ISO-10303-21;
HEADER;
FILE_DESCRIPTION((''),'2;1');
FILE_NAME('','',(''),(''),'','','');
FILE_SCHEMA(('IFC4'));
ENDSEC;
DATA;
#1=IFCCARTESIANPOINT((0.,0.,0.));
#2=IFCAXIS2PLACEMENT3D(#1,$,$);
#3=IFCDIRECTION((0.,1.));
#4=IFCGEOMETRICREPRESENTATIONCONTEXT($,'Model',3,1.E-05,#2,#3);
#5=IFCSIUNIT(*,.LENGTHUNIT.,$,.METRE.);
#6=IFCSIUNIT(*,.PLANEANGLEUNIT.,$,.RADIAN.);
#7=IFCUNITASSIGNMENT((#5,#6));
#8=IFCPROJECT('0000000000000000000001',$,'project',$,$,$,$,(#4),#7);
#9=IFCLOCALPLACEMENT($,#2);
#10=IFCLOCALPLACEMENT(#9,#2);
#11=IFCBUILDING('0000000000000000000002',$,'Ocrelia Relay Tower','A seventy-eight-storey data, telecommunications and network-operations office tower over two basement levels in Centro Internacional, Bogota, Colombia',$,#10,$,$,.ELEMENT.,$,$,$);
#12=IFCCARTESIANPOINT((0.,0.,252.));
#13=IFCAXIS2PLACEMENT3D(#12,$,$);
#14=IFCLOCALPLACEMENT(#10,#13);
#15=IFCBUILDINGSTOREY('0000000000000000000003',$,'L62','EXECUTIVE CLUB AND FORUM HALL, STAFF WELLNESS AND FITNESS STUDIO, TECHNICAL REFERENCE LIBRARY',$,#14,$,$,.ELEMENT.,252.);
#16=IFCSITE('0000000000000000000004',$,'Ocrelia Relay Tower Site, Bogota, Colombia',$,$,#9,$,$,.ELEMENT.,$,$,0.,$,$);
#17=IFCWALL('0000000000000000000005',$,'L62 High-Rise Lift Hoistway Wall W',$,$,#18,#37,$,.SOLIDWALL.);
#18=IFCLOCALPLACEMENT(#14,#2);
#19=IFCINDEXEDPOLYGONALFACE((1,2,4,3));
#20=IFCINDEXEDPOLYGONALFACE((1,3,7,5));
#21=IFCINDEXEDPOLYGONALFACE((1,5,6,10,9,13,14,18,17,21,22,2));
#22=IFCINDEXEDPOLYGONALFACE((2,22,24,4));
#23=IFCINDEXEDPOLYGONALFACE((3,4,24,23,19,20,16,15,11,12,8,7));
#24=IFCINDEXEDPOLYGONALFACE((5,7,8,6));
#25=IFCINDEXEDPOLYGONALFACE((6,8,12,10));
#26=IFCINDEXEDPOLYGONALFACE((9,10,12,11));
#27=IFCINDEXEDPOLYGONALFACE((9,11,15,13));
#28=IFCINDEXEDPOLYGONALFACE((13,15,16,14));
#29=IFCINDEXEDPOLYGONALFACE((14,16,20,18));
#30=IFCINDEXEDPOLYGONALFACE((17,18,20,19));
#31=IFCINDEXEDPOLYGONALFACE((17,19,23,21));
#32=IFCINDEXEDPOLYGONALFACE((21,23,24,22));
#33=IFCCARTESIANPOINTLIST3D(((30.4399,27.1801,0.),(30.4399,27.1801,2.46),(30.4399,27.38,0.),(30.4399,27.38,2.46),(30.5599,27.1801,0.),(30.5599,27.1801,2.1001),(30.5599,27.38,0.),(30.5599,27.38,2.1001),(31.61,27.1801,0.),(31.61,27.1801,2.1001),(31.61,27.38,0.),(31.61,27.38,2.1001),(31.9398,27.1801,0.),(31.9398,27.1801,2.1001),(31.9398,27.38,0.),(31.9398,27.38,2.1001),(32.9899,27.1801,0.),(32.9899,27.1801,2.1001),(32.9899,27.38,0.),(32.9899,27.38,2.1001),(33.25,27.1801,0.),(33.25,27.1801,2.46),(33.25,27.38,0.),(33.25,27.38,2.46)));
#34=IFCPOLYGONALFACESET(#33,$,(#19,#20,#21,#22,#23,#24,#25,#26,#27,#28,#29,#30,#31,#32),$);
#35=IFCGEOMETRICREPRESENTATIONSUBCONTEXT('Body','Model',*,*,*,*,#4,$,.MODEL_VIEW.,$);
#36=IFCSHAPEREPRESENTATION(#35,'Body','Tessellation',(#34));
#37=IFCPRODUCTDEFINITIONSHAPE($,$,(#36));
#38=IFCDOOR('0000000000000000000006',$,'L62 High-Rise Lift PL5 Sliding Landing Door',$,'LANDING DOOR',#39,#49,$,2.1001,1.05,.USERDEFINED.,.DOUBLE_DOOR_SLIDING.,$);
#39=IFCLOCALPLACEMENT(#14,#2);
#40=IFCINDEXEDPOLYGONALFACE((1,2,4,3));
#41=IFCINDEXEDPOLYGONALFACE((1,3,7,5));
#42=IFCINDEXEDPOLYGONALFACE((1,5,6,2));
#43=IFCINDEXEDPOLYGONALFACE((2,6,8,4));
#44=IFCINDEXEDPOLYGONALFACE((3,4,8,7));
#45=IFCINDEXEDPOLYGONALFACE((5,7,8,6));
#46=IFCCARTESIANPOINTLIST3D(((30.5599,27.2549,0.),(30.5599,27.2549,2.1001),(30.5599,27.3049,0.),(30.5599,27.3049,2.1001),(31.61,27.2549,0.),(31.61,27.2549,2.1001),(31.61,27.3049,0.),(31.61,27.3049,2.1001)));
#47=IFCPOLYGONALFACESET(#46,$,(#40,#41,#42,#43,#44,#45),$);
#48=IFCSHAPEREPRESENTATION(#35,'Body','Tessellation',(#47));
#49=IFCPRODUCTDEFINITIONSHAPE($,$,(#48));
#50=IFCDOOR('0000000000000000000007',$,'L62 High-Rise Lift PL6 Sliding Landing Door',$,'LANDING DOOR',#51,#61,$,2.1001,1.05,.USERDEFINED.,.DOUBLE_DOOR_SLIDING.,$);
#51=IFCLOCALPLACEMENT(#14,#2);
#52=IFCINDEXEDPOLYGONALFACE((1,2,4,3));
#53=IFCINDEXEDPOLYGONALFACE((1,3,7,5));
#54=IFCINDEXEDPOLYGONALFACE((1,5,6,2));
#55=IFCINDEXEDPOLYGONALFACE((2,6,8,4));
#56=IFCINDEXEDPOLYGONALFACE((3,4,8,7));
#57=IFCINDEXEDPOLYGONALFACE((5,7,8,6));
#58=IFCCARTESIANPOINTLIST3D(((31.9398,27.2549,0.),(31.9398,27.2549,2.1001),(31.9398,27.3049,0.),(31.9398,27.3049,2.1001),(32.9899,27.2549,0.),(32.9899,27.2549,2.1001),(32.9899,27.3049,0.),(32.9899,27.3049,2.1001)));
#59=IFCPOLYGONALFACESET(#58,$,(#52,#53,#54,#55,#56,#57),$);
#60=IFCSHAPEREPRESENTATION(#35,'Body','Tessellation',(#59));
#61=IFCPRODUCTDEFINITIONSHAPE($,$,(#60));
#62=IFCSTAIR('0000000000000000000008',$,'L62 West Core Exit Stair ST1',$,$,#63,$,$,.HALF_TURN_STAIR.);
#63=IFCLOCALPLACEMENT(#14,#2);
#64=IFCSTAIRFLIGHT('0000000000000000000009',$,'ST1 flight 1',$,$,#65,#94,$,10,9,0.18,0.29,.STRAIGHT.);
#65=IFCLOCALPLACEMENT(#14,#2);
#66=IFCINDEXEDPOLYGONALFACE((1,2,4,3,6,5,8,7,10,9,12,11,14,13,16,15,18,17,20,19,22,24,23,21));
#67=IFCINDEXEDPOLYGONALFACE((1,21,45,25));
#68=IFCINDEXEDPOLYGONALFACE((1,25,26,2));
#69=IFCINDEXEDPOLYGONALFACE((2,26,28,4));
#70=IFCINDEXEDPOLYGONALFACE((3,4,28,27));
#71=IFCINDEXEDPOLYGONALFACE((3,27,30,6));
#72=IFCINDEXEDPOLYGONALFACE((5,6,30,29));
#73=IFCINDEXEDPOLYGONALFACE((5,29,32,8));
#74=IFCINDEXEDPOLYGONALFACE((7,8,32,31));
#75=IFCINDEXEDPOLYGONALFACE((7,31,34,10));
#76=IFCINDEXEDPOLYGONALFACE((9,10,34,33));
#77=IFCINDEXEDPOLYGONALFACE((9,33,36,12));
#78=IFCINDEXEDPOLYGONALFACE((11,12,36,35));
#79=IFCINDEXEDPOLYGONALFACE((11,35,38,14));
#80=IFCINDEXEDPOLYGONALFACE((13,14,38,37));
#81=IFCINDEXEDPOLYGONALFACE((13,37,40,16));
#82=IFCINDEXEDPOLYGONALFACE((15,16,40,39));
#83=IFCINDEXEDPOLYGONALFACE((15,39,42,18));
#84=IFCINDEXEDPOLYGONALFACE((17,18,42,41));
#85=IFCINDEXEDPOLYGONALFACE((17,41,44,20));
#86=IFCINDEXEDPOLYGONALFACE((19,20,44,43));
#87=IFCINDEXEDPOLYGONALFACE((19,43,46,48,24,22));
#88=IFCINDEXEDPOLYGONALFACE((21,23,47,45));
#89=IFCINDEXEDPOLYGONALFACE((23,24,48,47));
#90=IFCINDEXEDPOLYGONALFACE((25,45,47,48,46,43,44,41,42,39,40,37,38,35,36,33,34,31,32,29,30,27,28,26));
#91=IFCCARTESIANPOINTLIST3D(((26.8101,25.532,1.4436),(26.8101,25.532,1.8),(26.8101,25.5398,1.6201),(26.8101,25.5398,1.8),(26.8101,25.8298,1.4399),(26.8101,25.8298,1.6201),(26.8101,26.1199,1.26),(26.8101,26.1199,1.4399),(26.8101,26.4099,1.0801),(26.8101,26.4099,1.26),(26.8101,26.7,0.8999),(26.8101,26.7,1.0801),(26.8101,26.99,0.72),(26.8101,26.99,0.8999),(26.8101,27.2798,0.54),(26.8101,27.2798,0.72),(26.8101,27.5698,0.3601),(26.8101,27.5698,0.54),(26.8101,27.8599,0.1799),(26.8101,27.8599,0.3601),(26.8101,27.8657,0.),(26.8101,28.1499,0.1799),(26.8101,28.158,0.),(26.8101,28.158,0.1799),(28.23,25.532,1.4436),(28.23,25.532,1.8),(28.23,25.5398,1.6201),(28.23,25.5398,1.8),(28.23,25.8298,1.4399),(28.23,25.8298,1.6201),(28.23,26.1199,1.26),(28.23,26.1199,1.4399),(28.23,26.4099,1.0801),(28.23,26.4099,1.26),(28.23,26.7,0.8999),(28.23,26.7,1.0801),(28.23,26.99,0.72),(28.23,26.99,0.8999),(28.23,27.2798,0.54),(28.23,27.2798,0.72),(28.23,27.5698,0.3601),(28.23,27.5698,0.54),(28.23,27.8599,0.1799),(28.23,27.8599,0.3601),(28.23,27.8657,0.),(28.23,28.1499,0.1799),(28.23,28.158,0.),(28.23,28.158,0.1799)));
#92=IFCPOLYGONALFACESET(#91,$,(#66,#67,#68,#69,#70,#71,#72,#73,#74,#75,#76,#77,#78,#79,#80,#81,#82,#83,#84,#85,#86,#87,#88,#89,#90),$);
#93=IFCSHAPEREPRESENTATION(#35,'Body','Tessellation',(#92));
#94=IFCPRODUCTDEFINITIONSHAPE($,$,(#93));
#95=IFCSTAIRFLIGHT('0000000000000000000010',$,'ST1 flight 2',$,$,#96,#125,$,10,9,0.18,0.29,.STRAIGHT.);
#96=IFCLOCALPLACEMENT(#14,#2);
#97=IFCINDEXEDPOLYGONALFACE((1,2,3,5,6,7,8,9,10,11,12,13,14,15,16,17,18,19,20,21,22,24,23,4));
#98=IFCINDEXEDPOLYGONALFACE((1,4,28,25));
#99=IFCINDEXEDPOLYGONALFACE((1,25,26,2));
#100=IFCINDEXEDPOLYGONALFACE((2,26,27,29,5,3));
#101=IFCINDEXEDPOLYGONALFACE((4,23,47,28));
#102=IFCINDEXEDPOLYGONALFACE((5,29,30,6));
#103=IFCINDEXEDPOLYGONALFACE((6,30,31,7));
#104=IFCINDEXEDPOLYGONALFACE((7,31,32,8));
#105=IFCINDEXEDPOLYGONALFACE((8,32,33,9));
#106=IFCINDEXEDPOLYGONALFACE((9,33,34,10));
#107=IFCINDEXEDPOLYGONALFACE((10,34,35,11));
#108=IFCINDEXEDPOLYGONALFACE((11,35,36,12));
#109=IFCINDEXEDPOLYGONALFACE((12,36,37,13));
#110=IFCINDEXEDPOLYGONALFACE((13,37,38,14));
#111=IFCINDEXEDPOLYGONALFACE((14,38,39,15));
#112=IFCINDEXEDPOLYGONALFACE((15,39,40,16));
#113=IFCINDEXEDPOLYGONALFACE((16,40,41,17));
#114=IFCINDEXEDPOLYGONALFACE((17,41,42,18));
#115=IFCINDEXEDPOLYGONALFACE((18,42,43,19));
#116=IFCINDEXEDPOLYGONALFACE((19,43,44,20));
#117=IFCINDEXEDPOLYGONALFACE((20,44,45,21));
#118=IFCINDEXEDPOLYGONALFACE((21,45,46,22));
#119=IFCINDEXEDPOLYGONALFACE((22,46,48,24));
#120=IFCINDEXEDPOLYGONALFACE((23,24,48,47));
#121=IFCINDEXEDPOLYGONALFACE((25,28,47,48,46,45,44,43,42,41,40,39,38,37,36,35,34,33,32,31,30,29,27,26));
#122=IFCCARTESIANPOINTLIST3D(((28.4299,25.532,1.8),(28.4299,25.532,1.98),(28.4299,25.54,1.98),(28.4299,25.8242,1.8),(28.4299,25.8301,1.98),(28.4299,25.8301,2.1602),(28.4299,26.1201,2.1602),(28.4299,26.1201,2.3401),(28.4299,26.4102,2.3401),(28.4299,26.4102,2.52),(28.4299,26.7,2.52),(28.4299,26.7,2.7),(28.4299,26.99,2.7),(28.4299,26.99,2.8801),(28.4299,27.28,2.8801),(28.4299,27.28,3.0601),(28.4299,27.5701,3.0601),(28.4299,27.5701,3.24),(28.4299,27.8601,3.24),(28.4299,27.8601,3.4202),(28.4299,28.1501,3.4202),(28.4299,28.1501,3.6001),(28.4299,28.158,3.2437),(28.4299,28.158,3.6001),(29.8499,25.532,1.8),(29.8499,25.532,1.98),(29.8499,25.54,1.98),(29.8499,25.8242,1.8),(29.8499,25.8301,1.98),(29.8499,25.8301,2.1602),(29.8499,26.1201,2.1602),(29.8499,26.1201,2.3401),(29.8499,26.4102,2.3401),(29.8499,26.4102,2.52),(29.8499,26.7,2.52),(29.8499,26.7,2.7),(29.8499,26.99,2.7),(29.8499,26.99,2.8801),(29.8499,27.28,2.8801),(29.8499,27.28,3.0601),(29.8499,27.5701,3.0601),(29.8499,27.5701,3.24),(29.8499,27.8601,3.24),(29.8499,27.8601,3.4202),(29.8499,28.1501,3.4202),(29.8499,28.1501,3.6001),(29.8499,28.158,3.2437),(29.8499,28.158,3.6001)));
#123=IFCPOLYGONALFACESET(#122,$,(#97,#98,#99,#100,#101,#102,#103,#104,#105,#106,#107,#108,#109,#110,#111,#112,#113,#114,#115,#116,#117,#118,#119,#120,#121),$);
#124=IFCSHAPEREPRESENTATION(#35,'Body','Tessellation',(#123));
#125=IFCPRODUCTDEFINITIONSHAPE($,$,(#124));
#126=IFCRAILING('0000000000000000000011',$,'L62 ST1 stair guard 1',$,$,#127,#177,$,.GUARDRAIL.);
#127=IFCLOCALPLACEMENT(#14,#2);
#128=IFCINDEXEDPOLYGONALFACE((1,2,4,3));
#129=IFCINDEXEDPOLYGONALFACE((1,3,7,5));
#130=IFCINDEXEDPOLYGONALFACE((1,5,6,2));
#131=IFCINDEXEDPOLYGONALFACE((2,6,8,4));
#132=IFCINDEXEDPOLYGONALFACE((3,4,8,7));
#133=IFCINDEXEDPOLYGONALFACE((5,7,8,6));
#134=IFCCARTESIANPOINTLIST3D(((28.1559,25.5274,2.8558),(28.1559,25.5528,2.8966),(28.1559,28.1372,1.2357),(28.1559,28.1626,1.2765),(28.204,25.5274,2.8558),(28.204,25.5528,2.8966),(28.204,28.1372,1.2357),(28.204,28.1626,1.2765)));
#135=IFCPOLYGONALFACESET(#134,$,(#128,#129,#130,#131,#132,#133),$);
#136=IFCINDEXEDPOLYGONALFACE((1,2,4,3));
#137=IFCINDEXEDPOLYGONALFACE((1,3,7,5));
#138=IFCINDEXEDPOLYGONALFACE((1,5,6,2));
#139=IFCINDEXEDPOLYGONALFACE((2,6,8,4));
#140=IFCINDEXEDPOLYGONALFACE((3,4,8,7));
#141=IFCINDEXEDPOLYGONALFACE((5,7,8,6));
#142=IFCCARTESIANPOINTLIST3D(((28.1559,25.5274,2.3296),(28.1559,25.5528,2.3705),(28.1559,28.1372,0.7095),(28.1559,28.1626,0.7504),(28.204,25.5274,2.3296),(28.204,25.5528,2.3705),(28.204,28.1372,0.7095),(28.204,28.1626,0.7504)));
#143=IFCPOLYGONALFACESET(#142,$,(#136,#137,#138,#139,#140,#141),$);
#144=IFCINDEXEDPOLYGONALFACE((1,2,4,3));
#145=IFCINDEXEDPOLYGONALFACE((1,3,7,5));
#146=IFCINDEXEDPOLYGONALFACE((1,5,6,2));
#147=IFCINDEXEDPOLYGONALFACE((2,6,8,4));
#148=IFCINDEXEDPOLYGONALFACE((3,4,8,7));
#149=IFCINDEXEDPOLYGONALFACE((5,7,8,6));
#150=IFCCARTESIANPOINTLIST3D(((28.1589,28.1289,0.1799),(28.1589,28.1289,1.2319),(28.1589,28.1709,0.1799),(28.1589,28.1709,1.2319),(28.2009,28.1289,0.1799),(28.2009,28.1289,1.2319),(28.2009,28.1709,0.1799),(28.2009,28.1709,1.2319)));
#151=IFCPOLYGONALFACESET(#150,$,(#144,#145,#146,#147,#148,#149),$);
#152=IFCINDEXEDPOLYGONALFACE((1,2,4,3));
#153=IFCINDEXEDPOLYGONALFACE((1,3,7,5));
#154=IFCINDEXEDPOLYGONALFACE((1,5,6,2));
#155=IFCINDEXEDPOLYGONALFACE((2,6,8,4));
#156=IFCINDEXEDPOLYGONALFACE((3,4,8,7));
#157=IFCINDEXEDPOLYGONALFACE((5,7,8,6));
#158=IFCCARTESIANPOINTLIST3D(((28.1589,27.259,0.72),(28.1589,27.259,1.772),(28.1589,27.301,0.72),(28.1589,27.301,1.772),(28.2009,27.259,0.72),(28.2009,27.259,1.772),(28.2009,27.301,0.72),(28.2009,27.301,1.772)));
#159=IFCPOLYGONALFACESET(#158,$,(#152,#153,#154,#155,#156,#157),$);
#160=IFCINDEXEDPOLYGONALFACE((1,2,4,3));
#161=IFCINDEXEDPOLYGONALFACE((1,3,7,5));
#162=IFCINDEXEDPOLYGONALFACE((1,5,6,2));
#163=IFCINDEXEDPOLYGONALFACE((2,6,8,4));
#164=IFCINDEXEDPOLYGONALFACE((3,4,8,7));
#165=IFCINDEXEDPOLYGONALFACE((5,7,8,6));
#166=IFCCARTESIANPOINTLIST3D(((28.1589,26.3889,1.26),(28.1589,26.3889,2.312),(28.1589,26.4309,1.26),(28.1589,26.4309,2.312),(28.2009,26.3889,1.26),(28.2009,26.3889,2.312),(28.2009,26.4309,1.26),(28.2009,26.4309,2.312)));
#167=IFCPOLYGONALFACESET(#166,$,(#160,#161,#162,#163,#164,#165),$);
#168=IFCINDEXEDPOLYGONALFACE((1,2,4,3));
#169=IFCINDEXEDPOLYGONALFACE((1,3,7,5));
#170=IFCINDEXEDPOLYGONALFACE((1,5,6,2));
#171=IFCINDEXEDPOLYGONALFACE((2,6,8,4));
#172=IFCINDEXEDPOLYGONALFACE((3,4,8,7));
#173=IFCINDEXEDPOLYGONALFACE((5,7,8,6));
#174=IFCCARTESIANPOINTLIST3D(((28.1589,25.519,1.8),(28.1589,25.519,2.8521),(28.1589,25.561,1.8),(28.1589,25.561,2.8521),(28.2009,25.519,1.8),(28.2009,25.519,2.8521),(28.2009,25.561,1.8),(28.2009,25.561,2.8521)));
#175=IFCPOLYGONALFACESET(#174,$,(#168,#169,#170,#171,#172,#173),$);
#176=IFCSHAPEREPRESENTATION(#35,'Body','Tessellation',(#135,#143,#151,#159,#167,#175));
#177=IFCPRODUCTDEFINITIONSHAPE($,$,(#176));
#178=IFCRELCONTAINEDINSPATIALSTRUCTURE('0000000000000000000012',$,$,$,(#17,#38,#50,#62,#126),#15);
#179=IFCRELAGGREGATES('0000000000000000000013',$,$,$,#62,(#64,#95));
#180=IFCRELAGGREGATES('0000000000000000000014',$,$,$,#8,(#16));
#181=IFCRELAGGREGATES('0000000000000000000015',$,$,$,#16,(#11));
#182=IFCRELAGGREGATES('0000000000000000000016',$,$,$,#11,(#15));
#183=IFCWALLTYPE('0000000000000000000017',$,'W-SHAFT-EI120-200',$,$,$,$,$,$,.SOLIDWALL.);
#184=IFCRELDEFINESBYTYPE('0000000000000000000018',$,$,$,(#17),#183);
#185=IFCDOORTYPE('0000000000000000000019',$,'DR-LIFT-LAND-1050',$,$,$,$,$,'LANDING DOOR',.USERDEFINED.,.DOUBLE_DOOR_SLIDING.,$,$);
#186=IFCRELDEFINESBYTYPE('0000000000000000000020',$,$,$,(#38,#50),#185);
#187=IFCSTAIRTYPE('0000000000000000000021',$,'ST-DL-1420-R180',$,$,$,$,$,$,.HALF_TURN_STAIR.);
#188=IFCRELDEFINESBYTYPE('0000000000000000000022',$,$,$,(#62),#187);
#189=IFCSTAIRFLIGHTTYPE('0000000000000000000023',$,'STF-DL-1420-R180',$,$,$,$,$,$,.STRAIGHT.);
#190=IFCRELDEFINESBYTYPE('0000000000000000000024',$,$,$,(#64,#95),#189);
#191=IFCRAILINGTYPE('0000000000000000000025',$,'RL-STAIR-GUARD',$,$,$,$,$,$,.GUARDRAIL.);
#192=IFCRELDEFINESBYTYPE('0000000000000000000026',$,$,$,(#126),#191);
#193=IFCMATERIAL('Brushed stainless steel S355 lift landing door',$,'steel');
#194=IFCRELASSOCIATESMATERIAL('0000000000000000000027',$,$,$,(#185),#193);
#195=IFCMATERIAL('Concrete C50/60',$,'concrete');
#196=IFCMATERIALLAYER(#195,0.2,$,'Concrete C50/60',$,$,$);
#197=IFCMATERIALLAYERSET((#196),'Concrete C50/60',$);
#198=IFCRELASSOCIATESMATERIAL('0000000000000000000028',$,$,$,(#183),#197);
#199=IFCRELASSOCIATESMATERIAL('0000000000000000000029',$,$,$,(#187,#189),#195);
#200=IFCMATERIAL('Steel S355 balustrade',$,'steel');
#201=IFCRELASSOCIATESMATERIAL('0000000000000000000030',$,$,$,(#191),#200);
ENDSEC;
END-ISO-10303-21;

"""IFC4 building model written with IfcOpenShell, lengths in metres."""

from ifc_helpers import new_model, si_unit, direction, frame, frame_2d, origin, origin_2d, place, context, subcontext, project, spatial, polyline, rectangle, outline, extrude, material, layer, layer_set, type_object, element, fill, aggregate, save


model = new_model("IFC4")

# Units and contexts
model_context = context("Model", 3, precision=1e-05, world=origin(), true_north=direction((0.0, 1.0)))
body_context = subcontext(model_context, "Body", "Model", "MODEL_VIEW")
ifc_project = project(units=[si_unit("LENGTHUNIT", "METRE"), si_unit("PLANEANGLEUNIT", "RADIAN")], contexts=[model_context])

# Site, building, storey
site_placement = place(None, origin())
site = spatial("IfcSite", under=ifc_project, at=site_placement, Name="Ocrelia Relay Tower Site, Bogota, Colombia", CompositionType="ELEMENT", RefElevation=0.0)
building_placement = place(site_placement, origin())
building = spatial("IfcBuilding", under=site, at=building_placement, Name="Ocrelia Relay Tower", Description="A seventy-eight-storey data, telecommunications and network-operations office tower over two basement levels in Centro Internacional, Bogota, Colombia", CompositionType="ELEMENT")
storey_placement = place(building_placement, frame((0.0, 0.0, 252.0)))
storey = spatial("IfcBuildingStorey", under=building, at=storey_placement, Name="L62", Description="EXECUTIVE CLUB AND FORUM HALL, STAFF WELLNESS AND FITNESS STUDIO, TECHNICAL REFERENCE LIBRARY", CompositionType="ELEMENT", Elevation=252.0)

# Shared definitions
ifc_material_1 = material(Name="Concrete C50/60", Category="concrete")

# Shared definitions
ifc_material_2 = material(Name="Brushed stainless steel S355 lift landing door", Category="steel")
door_type_1 = type_object("IfcDoorType", Name="DR-LIFT-LAND-1050", ElementType="LANDING DOOR", OperationType="DOUBLE_DOOR_SLIDING", PredefinedType="USERDEFINED", material=ifc_material_2)

# Shared definitions
ifc_layer_1 = layer(ifc_material_1, 0.2, Name="Concrete C50/60")
ifc_layer_set_1 = layer_set([ifc_layer_1], Name="Concrete C50/60")
wall_type_1 = type_object("IfcWallType", Name="W-SHAFT-EI120-200", PredefinedType="SOLIDWALL", material=ifc_layer_set_1)

# Wall, openings, doors
wall_1_placement = place(storey_placement, frame((30.4399, 27.28, 0.0), z_axis=(0.0, 0.0, 1.0), x_axis=(1.0, 0.0, 0.0)))
wall_1 = element("IfcWall", 1, at=wall_1_placement, inside=storey, type_object=wall_type_1, Name="L62 High-Rise Lift Hoistway Wall W", PredefinedType="SOLIDWALL", context=body_context, shape_type="SweptSolid", body=[
    extrude(rectangle(XDim=2.8101, YDim=0.2, at=frame_2d((1.405, 0.0))), origin(), (0.0, 0.0, 1.0), 2.46),
])
opening_1_placement = place(wall_1_placement, frame((0.1201, 0.0, 0.0)))
opening_1 = element("IfcOpeningElement", 2, at=opening_1_placement, cuts=wall_1, PredefinedType="OPENING", context=body_context, shape_type="SweptSolid", body=[
    extrude(rectangle(XDim=1.05, YDim=2.1001, at=frame_2d((0.5249, 1.05))), frame((0.0, 0.1099, 0.0), z_axis=(0.0, -1.0, 0.0), x_axis=(1.0, 0.0, 0.0)), (0.0, 0.0, 1.0), 0.22),
])
opening_2_placement = place(wall_1_placement, frame((1.5, 0.0, 0.0)))
opening_2 = element("IfcOpeningElement", 3, at=opening_2_placement, cuts=wall_1, PredefinedType="OPENING", context=body_context, shape_type="SweptSolid", body=[
    extrude(rectangle(XDim=1.05, YDim=2.1001, at=frame_2d((0.5249, 1.05))), frame((0.0, 0.1099, 0.0), z_axis=(0.0, -1.0, 0.0), x_axis=(1.0, 0.0, 0.0)), (0.0, 0.0, 1.0), 0.22),
])
door_1_placement = place(opening_1_placement, origin())
door_1 = element("IfcDoor", 4, at=door_1_placement, inside=storey, type_object=door_type_1, Name="L62 High-Rise Lift PL5 Sliding Landing Door", ObjectType="LANDING DOOR", OperationType="DOUBLE_DOOR_SLIDING", OverallHeight=2.1001, OverallWidth=1.05, PredefinedType="USERDEFINED", context=body_context, shape_type="SweptSolid", body=[
    extrude(rectangle(XDim=1.05, YDim=2.1001, at=frame_2d((0.5249, 1.05))), frame((0.0, 0.0249, 0.0), z_axis=(0.0, -1.0, 0.0), x_axis=(1.0, 0.0, 0.0)), (0.0, 0.0, 1.0), 0.05),
])
fill(opening_1, door_1)
door_2_placement = place(opening_2_placement, origin())
door_2 = element("IfcDoor", 5, at=door_2_placement, inside=storey, type_object=door_type_1, Name="L62 High-Rise Lift PL6 Sliding Landing Door", ObjectType="LANDING DOOR", OperationType="DOUBLE_DOOR_SLIDING", OverallHeight=2.1001, OverallWidth=1.05, PredefinedType="USERDEFINED", context=body_context, shape_type="SweptSolid", body=[
    extrude(rectangle(XDim=1.05, YDim=2.1001, at=frame_2d((0.5249, 1.05))), frame((0.0, 0.0249, 0.0), z_axis=(0.0, -1.0, 0.0), x_axis=(1.0, 0.0, 0.0)), (0.0, 0.0, 1.0), 0.05),
])
fill(opening_2, door_2)

# Stair, stair flights
stair_type = type_object("IfcStairType", Name="ST-DL-1420-R180", PredefinedType="HALF_TURN_STAIR", material=ifc_material_1)
stair_placement = place(storey_placement, origin())
stair = element("IfcStair", 6, at=stair_placement, inside=storey, type_object=stair_type, Name="L62 West Core Exit Stair ST1", PredefinedType="HALF_TURN_STAIR")
stair_flight_type = type_object("IfcStairFlightType", Name="STF-DL-1420-R180", PredefinedType="STRAIGHT", material=ifc_material_1)
stair_flight_1_placement = place(storey_placement, frame((27.52, 28.1499, 0.0), z_axis=(0.0, 0.0, 1.0), x_axis=(0.0, -1.0, 0.0)))
stair_flight_1 = element("IfcStairFlight", 7, at=stair_flight_1_placement, type_object=stair_flight_type, Name="ST1 flight 1", NumberOfRisers=10, NumberOfTreads=9, PredefinedType="STRAIGHT", RiserHeight=0.18, TreadLength=0.29, context=body_context, shape_type="SweptSolid", body=[
    extrude(outline(polyline([(-0.0081, 0.0), (-0.0081, 0.1799), (0.0, 0.1799), (0.29, 0.1799), (0.29, 0.3601), (0.5801, 0.3601), (0.5801, 0.54), (0.8701, 0.54), (0.8701, 0.72), (1.1599, 0.72), (1.1599, 0.8999), (1.45, 0.8999), (1.45, 1.0801), (1.74, 1.0801), (1.74, 1.26), (2.03, 1.26), (2.03, 1.4399), (2.3201, 1.4399), (2.3201, 1.6201), (2.6101, 1.6201), (2.6101, 1.8), (2.6179, 1.8), (2.6179, 1.4436), (0.2842, 0.0), (-0.0081, 0.0)])), frame((0.0, 0.71, 0.0), z_axis=(0.0, -1.0, 0.0), x_axis=(1.0, 0.0, 0.0)), (0.0, 0.0, 1.0), 1.4199),
])
stair_flight_2_placement = place(storey_placement, frame((29.1399, 25.54, 1.8), z_axis=(0.0, 0.0, 1.0), x_axis=(0.0, 1.0, 0.0)))
stair_flight_2 = element("IfcStairFlight", 8, at=stair_flight_2_placement, type_object=stair_flight_type, Name="ST1 flight 2", NumberOfRisers=10, NumberOfTreads=9, PredefinedType="STRAIGHT", RiserHeight=0.18, TreadLength=0.29, context=body_context, shape_type="SweptSolid", body=[
    extrude(outline(polyline([(-0.0081, 0.0), (-0.0081, 0.1799), (0.0, 0.1799), (0.29, 0.1799), (0.29, 0.3601), (0.5801, 0.3601), (0.5801, 0.54), (0.8701, 0.54), (0.8701, 0.72), (1.1599, 0.72), (1.1599, 0.8999), (1.45, 0.8999), (1.45, 1.0801), (1.74, 1.0801), (1.74, 1.26), (2.03, 1.26), (2.03, 1.4399), (2.3201, 1.4399), (2.3201, 1.6201), (2.6101, 1.6201), (2.6101, 1.8), (2.6179, 1.8), (2.6179, 1.4436), (0.2842, 0.0), (-0.0081, 0.0)])), frame((0.0, 0.71, 0.0), z_axis=(0.0, -1.0, 0.0), x_axis=(1.0, 0.0, 0.0)), (0.0, 0.0, 1.0), 1.4199),
])
aggregate(stair, [stair_flight_1, stair_flight_2])

# Railing
ifc_material_3 = material(Name="Steel S355 balustrade", Category="steel")
railing_type_1 = type_object("IfcRailingType", Name="RL-STAIR-GUARD", PredefinedType="GUARDRAIL", material=ifc_material_3)
railing_1_placement = place(storey_placement, frame((28.1799, 28.1499, 0.1799)))
element("IfcRailing", 9, at=railing_1_placement, inside=storey, type_object=railing_type_1, Name="L62 ST1 stair guard 1", PredefinedType="GUARDRAIL", context=body_context, shape_type="SweptSolid", body=[
    extrude(rectangle(XDim=0.0481, YDim=0.0481, at=origin_2d()), frame((0.0, 0.0, 1.0762), z_axis=(0.0, -0.849611, 0.52741), x_axis=(1.0, 0.0, 0.0)), (0.0, 0.0, 1.0), 3.0718),
    extrude(rectangle(XDim=0.0481, YDim=0.0481, at=origin_2d()), frame((0.0, 0.0, 0.55), z_axis=(0.0, -0.849611, 0.52741), x_axis=(1.0, 0.0, 0.0)), (0.0, 0.0, 1.0), 3.0718),
    extrude(rectangle(XDim=0.042, YDim=0.042, at=origin_2d()), origin(), (0.0, 0.0, 1.0), 1.052),
    extrude(rectangle(XDim=0.042, YDim=0.042, at=origin_2d()), frame((0.0, -0.8699, 0.54)), (0.0, 0.0, 1.0), 1.052),
    extrude(rectangle(XDim=0.042, YDim=0.042, at=origin_2d()), frame((0.0, -1.74, 1.0801)), (0.0, 0.0, 1.0), 1.052),
    extrude(rectangle(XDim=0.042, YDim=0.042, at=origin_2d()), frame((0.0, -2.6099, 1.6201)), (0.0, 0.0, 1.0), 1.052),
])

save(model, "model.ifc")
